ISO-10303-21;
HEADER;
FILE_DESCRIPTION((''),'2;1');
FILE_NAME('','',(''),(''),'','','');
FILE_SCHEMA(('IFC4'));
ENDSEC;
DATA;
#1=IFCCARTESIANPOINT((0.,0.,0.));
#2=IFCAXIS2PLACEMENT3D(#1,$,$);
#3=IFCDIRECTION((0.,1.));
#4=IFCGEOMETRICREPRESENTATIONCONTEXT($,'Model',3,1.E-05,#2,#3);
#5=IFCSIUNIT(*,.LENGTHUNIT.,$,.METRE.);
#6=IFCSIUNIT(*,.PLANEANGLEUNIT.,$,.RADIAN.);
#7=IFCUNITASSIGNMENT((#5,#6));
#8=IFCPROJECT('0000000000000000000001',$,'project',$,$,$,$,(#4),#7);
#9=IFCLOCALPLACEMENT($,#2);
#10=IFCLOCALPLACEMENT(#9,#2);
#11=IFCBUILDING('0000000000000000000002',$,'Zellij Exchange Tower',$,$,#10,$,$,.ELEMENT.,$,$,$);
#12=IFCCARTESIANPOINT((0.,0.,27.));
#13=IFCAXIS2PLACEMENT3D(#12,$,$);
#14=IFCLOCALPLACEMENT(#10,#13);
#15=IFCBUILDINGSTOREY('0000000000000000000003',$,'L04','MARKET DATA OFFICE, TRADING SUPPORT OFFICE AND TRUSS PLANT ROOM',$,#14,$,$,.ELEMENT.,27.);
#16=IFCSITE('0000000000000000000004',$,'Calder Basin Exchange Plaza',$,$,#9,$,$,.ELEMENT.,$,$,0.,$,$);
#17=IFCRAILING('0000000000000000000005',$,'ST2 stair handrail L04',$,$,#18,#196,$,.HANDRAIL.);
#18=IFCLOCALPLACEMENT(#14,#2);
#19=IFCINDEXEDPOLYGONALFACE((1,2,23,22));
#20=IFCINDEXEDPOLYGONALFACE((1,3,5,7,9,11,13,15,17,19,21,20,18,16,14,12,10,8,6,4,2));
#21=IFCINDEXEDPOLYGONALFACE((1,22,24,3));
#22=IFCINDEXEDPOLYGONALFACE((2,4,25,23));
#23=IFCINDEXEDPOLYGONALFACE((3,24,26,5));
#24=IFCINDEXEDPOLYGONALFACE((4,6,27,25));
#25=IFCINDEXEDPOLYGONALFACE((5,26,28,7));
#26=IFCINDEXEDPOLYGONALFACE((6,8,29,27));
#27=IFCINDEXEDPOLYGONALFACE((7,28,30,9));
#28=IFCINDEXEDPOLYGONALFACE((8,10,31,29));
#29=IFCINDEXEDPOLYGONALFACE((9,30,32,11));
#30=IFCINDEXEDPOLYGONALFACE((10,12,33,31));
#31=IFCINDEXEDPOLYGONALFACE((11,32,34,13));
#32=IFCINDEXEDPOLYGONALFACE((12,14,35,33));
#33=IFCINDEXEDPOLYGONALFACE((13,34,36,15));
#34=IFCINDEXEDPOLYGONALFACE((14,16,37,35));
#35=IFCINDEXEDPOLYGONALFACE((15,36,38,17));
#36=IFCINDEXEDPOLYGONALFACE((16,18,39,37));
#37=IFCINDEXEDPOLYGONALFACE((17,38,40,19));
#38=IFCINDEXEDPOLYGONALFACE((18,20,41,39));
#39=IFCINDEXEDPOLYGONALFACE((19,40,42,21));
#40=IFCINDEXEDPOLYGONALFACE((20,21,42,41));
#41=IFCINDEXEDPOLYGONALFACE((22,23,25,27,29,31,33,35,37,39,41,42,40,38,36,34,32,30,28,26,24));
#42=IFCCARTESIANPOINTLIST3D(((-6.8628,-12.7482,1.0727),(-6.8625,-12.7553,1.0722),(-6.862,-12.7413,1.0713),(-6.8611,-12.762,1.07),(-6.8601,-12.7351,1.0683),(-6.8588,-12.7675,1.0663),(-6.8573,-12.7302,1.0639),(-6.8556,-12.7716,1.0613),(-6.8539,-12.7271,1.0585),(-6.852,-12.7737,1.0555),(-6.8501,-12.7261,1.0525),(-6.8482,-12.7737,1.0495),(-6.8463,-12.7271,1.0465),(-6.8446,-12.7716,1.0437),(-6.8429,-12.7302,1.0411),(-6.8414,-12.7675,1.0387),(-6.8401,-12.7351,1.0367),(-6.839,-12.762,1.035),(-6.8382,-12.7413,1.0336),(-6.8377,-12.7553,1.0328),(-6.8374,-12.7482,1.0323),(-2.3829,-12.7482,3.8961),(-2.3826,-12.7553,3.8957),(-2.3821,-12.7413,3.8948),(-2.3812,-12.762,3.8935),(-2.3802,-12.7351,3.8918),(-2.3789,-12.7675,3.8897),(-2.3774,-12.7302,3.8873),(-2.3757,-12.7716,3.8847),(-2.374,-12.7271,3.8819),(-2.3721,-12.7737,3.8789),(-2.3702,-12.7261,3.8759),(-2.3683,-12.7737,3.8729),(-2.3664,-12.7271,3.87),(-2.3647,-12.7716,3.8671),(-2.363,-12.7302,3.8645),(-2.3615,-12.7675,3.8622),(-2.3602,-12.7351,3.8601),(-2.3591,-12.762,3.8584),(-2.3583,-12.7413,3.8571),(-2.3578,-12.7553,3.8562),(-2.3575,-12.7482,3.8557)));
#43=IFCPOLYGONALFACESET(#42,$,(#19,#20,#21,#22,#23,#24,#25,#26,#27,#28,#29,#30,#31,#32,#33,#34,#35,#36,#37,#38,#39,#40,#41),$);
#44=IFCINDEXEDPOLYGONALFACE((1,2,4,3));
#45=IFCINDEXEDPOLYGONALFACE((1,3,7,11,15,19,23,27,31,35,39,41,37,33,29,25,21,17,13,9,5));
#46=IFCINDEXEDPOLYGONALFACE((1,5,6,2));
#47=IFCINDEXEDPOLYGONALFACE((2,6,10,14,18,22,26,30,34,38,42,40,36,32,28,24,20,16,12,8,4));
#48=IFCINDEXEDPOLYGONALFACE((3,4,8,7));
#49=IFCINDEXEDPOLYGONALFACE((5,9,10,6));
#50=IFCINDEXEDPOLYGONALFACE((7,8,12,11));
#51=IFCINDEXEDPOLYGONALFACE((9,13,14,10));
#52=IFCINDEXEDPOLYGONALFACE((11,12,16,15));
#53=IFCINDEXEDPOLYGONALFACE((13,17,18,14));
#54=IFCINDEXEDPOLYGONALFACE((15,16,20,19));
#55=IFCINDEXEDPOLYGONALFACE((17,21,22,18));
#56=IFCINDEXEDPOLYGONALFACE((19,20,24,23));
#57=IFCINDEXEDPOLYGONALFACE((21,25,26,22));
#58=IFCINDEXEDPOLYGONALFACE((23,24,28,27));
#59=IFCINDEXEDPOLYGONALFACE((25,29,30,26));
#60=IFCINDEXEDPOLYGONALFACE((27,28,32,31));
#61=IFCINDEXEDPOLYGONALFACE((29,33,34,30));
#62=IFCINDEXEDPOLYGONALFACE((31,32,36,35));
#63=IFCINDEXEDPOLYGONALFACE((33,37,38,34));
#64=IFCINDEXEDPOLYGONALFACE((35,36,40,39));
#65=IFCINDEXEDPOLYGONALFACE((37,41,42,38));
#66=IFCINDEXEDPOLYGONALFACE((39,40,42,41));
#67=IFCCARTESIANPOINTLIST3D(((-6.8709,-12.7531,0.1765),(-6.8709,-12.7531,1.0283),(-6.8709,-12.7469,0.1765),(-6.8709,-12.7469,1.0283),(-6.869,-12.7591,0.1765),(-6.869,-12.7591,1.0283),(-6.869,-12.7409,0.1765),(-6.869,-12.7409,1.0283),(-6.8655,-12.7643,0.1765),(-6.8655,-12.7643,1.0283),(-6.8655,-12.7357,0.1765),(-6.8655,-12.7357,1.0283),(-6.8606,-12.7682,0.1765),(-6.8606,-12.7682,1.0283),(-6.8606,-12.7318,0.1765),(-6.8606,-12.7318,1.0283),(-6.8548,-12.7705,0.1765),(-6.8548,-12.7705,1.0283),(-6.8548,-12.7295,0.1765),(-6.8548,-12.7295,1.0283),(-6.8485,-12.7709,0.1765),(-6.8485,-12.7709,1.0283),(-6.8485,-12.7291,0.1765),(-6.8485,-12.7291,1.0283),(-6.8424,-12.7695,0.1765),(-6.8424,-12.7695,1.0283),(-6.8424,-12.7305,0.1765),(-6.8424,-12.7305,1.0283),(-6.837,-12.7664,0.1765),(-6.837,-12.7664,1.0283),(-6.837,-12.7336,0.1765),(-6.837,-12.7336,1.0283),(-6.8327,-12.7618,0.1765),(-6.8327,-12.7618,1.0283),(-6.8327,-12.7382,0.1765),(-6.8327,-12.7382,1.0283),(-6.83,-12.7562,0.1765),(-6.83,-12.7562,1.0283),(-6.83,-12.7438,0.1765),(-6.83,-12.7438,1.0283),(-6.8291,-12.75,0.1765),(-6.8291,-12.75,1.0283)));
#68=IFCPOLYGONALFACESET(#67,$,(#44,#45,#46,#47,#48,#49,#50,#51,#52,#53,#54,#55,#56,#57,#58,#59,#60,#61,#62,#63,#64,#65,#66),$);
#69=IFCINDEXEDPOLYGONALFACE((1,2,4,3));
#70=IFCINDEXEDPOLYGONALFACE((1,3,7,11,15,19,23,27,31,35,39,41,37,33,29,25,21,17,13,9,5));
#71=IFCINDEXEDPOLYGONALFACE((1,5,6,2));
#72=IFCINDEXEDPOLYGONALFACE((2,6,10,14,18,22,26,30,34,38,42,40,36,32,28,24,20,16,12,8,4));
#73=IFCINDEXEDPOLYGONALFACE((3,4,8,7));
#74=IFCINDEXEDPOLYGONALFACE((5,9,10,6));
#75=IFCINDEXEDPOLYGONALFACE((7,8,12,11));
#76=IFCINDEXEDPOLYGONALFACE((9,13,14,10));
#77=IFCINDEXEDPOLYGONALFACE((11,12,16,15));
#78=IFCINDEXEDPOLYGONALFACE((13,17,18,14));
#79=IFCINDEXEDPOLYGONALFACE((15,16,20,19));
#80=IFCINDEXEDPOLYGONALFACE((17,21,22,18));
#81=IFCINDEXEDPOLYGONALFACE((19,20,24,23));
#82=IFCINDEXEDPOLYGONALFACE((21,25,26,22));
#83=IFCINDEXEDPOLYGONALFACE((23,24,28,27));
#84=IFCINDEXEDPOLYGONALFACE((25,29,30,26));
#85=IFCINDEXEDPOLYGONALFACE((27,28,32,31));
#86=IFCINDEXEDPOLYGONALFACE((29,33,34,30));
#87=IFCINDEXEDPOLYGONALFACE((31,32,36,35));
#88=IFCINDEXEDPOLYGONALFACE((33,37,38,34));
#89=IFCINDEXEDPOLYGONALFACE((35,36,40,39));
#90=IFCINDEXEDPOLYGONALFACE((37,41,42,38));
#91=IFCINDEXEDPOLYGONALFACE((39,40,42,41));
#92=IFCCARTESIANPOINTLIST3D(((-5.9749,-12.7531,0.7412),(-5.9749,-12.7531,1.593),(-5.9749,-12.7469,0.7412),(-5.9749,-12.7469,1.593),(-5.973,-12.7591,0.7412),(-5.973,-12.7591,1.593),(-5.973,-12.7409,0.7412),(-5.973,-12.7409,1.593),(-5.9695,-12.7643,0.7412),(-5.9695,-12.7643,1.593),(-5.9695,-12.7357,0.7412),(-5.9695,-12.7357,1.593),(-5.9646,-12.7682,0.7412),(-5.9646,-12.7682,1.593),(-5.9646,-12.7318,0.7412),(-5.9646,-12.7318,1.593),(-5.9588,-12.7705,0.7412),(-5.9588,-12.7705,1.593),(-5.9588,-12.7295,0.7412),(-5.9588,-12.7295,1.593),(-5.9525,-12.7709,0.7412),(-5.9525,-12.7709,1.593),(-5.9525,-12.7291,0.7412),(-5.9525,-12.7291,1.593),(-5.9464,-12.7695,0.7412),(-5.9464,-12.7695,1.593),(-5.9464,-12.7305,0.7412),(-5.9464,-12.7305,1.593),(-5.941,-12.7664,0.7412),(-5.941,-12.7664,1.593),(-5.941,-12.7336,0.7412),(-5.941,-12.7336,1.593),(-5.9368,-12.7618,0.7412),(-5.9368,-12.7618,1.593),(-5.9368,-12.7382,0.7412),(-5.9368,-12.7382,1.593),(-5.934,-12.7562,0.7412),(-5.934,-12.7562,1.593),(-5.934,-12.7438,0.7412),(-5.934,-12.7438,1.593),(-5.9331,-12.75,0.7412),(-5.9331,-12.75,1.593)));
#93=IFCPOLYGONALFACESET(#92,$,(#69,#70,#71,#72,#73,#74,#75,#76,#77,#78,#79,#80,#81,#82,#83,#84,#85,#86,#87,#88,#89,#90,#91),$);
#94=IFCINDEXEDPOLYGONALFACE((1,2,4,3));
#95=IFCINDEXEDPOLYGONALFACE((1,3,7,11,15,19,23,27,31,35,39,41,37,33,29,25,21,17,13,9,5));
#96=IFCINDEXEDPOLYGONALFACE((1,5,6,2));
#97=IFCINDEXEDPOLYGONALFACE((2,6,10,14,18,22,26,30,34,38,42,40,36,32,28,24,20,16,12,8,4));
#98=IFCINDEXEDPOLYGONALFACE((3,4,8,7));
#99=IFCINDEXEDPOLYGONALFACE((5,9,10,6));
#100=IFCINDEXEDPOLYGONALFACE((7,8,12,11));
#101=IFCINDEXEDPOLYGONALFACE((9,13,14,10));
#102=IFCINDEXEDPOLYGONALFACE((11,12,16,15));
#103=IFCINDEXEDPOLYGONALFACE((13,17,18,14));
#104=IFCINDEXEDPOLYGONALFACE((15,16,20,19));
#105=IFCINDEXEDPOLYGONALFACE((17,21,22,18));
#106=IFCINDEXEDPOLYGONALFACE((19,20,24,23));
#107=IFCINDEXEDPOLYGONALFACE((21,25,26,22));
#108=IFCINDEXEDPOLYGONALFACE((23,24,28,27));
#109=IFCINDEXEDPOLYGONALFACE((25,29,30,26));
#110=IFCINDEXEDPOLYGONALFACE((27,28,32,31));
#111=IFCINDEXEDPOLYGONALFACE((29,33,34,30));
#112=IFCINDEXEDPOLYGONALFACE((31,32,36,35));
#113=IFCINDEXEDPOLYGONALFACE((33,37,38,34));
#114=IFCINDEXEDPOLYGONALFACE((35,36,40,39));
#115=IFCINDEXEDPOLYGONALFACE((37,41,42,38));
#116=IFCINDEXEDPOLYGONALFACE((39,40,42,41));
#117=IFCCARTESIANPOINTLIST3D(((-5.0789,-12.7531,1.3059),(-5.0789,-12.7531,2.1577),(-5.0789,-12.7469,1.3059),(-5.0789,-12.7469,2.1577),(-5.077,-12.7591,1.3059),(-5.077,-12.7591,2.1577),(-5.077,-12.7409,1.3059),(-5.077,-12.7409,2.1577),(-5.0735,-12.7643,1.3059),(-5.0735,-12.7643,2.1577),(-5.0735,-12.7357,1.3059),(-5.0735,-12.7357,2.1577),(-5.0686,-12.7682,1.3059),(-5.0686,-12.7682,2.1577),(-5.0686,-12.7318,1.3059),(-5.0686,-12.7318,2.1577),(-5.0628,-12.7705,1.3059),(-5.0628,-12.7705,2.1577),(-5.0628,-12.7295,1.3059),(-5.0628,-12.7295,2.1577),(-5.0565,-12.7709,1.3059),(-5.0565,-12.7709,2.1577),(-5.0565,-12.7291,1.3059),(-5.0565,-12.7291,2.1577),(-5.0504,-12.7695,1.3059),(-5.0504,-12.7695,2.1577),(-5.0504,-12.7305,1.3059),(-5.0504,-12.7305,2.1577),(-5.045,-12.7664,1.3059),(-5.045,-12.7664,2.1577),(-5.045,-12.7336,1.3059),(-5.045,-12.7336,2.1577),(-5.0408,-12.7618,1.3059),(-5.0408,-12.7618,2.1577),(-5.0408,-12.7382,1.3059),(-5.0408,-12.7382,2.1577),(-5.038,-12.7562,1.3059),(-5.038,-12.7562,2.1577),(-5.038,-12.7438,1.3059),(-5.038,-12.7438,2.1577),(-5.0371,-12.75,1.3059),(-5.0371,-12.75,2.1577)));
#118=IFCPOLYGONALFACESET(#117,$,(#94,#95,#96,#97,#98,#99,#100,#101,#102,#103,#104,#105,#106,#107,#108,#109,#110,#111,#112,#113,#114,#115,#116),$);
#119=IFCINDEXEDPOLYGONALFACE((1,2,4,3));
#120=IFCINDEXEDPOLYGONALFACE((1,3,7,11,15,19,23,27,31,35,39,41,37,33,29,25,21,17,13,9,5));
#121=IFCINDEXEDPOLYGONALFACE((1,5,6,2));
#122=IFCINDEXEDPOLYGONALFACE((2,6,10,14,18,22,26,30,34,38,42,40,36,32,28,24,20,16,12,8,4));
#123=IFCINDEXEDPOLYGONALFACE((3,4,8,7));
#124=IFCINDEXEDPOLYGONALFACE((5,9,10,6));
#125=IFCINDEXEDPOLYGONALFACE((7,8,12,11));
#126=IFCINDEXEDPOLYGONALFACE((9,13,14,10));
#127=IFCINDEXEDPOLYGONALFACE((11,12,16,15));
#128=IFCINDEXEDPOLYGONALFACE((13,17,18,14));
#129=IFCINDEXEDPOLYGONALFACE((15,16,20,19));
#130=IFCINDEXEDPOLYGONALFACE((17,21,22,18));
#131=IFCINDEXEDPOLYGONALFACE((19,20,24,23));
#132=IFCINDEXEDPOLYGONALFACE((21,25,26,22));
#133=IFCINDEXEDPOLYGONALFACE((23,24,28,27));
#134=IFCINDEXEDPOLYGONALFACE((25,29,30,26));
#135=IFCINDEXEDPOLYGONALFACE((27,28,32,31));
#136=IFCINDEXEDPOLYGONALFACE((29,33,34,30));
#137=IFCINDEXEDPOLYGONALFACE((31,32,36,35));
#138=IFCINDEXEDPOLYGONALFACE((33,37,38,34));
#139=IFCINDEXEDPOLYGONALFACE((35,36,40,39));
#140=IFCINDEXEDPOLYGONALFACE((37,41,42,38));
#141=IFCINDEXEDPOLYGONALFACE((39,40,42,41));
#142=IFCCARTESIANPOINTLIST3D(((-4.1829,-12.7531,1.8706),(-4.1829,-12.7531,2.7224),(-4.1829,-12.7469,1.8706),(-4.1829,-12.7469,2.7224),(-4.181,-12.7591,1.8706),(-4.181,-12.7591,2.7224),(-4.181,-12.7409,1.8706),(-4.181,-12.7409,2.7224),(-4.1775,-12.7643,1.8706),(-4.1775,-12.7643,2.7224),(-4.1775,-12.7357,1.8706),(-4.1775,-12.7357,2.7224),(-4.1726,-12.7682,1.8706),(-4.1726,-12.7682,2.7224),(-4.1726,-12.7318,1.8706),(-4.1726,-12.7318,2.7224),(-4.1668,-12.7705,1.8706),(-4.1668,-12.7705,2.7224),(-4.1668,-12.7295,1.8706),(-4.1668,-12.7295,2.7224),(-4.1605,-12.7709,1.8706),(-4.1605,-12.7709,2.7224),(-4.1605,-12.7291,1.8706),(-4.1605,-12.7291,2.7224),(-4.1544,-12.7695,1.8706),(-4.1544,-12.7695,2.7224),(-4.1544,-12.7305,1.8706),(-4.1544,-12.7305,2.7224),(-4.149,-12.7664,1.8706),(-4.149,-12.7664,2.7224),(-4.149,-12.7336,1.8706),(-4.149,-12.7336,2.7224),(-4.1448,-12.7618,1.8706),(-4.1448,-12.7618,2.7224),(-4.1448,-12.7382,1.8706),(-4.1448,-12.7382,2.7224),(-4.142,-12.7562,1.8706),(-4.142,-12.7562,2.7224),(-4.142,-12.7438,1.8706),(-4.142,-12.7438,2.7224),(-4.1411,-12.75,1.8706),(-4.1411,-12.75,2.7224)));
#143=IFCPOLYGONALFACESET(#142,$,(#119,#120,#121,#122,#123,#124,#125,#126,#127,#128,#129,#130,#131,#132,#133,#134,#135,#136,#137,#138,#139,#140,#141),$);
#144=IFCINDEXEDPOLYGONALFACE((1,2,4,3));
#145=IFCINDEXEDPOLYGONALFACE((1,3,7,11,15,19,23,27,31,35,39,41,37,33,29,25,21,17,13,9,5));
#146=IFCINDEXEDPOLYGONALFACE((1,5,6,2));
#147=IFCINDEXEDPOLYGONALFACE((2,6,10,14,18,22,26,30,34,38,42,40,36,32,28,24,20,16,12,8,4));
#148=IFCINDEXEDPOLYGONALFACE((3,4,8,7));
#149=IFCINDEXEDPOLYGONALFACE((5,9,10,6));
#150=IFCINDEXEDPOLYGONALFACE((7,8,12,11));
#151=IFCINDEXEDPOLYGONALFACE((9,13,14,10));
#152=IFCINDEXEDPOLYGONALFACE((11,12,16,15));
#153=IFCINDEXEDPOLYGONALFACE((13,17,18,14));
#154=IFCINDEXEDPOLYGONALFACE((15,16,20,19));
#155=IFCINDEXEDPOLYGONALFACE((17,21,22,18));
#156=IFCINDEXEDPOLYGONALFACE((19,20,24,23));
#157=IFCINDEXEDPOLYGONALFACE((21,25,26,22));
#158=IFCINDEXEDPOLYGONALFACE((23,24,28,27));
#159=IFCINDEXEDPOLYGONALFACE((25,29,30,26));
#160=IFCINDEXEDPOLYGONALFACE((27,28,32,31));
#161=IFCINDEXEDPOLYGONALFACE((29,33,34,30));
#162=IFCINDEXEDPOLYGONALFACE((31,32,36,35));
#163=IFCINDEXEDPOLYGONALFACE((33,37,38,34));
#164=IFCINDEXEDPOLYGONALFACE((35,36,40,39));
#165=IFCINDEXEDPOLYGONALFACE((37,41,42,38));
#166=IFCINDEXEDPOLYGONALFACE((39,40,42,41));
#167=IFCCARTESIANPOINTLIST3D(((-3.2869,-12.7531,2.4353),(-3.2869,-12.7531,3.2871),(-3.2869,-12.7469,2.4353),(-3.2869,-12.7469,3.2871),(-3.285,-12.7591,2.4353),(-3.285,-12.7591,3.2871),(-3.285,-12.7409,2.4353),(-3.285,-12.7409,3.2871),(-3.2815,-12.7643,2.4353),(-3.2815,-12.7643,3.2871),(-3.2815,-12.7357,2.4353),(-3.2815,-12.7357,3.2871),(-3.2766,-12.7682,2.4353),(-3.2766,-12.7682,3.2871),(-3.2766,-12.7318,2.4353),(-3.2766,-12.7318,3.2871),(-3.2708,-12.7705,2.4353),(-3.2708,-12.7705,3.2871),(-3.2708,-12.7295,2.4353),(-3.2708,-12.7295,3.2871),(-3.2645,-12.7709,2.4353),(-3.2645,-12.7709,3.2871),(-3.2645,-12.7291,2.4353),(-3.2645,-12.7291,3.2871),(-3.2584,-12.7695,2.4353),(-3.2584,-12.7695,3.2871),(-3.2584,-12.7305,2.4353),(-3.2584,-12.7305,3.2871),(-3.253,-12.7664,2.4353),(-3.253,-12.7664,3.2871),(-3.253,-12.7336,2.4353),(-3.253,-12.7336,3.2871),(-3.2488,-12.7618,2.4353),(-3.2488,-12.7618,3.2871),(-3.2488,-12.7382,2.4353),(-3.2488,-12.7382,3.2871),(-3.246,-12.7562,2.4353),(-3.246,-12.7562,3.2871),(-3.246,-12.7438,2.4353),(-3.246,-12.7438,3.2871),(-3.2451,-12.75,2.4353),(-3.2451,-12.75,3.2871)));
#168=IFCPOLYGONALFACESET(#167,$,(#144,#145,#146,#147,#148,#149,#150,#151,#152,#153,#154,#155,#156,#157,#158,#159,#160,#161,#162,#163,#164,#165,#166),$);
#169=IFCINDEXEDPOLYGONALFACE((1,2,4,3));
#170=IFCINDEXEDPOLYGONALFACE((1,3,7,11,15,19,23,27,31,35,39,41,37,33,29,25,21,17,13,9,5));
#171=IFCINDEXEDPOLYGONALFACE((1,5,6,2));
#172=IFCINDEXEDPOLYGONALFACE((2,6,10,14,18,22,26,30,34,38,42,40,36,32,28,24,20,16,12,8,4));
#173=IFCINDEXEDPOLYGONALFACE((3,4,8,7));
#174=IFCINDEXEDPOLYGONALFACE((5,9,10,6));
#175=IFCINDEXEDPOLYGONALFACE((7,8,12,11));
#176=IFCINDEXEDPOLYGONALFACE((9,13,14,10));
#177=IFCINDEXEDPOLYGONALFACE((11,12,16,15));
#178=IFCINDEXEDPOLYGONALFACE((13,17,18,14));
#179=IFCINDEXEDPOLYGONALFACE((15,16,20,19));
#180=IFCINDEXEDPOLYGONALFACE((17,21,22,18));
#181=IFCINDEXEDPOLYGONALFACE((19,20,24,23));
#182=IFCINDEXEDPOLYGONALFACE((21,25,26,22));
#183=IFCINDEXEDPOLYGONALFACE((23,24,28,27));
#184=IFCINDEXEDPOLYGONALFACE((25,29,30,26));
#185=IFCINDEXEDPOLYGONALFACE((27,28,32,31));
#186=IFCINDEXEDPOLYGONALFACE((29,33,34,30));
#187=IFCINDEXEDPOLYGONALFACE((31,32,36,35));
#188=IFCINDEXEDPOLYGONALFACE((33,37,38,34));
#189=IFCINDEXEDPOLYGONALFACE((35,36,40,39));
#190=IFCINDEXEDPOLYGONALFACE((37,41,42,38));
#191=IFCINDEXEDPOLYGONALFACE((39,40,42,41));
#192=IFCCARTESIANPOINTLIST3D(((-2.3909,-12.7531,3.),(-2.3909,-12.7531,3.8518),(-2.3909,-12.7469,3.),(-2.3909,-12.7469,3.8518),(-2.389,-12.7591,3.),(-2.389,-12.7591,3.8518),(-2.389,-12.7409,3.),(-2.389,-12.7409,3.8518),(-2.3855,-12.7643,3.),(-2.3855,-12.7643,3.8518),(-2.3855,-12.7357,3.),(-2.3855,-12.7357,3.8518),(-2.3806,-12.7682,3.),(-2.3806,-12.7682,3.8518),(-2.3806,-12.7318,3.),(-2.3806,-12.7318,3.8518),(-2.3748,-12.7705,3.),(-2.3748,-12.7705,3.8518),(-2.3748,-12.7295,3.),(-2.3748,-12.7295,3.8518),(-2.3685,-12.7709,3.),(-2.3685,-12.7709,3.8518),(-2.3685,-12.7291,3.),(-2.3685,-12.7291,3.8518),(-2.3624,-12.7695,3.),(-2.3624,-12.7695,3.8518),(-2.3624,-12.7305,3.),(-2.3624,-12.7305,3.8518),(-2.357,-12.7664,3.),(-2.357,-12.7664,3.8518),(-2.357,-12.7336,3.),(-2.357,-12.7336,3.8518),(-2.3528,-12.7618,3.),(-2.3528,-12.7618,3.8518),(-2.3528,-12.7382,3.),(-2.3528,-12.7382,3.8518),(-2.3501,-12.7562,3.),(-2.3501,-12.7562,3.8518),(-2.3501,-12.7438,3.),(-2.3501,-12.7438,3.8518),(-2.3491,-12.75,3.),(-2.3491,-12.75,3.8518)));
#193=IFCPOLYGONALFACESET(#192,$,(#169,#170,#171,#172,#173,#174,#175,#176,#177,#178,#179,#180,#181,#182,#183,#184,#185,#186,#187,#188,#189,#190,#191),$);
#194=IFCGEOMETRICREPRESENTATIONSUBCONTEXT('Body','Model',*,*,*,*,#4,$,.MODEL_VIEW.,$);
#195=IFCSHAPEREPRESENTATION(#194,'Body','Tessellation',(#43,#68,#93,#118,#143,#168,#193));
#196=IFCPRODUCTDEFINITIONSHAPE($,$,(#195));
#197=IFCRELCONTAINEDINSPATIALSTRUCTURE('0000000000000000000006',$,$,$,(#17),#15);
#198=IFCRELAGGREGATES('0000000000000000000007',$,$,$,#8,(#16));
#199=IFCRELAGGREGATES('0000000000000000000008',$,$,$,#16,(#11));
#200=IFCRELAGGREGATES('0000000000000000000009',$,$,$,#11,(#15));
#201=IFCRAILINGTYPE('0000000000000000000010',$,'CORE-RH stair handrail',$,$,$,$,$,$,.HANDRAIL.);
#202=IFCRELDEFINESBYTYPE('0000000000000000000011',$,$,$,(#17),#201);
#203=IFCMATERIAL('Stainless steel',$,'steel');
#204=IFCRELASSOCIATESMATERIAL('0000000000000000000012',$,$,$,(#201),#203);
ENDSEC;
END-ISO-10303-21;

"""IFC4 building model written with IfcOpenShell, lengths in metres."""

from ifc_helpers import new_model, si_unit, direction, frame, origin, origin_2d, place, context, subcontext, project, spatial, circle, extrude, material, type_object, element, save


model = new_model("IFC4")

# Units and contexts
model_context = context("Model", 3, precision=1e-05, world=origin(), true_north=direction((0.0, 1.0)))
body_context = subcontext(model_context, "Body", "Model", "MODEL_VIEW")
ifc_project = project(units=[si_unit("LENGTHUNIT", "METRE"), si_unit("PLANEANGLEUNIT", "RADIAN")], contexts=[model_context])

# Site, building, storey
site_placement = place(None, origin())
site = spatial("IfcSite", under=ifc_project, at=site_placement, Name="Calder Basin Exchange Plaza", CompositionType="ELEMENT", RefElevation=0.0)
building_placement = place(site_placement, origin())
building = spatial("IfcBuilding", under=site, at=building_placement, Name="Zellij Exchange Tower", CompositionType="ELEMENT")
storey_placement = place(building_placement, frame((0.0, 0.0, 27.0)))
storey = spatial("IfcBuildingStorey", under=building, at=storey_placement, Name="L04", Description="MARKET DATA OFFICE, TRADING SUPPORT OFFICE AND TRUSS PLANT ROOM", CompositionType="ELEMENT", Elevation=27.0)

# Railing
ifc_material_1 = material(Name="Stainless steel", Category="steel")
railing_type_1 = type_object("IfcRailingType", Name="CORE-RH stair handrail", PredefinedType="HANDRAIL", material=ifc_material_1)
railing_1_placement = place(storey_placement, frame((-6.8501, -12.75, 0.1765)))
element("IfcRailing", 1, at=railing_1_placement, inside=storey, type_object=railing_type_1, Name="ST2 stair handrail L04", PredefinedType="HANDRAIL", context=body_context, shape_type="SweptSolid", body=[
    extrude(circle(Radius=0.0239, at=origin_2d()), frame((0.0, 0.0, 0.876), z_axis=(0.845998, 0.0, 0.533186), x_axis=(0.0, 1.0, 0.0)), (0.0, 0.0, 1.0), 5.2954),
    extrude(circle(Radius=0.021, at=origin_2d()), origin(), (0.0, 0.0, 1.0), 0.8518),
    extrude(circle(Radius=0.021, at=origin_2d()), frame((0.896, 0.0, 0.5647)), (0.0, 0.0, 1.0), 0.8518),
    extrude(circle(Radius=0.021, at=origin_2d()), frame((1.792, 0.0, 1.1294)), (0.0, 0.0, 1.0), 0.8518),
    extrude(circle(Radius=0.021, at=origin_2d()), frame((2.688, 0.0, 1.6941)), (0.0, 0.0, 1.0), 0.8518),
    extrude(circle(Radius=0.021, at=origin_2d()), frame((3.584, 0.0, 2.2588)), (0.0, 0.0, 1.0), 0.8518),
    extrude(circle(Radius=0.021, at=origin_2d()), frame((4.48, 0.0, 2.8235)), (0.0, 0.0, 1.0), 0.8518),
])

save(model, "model.ifc")
